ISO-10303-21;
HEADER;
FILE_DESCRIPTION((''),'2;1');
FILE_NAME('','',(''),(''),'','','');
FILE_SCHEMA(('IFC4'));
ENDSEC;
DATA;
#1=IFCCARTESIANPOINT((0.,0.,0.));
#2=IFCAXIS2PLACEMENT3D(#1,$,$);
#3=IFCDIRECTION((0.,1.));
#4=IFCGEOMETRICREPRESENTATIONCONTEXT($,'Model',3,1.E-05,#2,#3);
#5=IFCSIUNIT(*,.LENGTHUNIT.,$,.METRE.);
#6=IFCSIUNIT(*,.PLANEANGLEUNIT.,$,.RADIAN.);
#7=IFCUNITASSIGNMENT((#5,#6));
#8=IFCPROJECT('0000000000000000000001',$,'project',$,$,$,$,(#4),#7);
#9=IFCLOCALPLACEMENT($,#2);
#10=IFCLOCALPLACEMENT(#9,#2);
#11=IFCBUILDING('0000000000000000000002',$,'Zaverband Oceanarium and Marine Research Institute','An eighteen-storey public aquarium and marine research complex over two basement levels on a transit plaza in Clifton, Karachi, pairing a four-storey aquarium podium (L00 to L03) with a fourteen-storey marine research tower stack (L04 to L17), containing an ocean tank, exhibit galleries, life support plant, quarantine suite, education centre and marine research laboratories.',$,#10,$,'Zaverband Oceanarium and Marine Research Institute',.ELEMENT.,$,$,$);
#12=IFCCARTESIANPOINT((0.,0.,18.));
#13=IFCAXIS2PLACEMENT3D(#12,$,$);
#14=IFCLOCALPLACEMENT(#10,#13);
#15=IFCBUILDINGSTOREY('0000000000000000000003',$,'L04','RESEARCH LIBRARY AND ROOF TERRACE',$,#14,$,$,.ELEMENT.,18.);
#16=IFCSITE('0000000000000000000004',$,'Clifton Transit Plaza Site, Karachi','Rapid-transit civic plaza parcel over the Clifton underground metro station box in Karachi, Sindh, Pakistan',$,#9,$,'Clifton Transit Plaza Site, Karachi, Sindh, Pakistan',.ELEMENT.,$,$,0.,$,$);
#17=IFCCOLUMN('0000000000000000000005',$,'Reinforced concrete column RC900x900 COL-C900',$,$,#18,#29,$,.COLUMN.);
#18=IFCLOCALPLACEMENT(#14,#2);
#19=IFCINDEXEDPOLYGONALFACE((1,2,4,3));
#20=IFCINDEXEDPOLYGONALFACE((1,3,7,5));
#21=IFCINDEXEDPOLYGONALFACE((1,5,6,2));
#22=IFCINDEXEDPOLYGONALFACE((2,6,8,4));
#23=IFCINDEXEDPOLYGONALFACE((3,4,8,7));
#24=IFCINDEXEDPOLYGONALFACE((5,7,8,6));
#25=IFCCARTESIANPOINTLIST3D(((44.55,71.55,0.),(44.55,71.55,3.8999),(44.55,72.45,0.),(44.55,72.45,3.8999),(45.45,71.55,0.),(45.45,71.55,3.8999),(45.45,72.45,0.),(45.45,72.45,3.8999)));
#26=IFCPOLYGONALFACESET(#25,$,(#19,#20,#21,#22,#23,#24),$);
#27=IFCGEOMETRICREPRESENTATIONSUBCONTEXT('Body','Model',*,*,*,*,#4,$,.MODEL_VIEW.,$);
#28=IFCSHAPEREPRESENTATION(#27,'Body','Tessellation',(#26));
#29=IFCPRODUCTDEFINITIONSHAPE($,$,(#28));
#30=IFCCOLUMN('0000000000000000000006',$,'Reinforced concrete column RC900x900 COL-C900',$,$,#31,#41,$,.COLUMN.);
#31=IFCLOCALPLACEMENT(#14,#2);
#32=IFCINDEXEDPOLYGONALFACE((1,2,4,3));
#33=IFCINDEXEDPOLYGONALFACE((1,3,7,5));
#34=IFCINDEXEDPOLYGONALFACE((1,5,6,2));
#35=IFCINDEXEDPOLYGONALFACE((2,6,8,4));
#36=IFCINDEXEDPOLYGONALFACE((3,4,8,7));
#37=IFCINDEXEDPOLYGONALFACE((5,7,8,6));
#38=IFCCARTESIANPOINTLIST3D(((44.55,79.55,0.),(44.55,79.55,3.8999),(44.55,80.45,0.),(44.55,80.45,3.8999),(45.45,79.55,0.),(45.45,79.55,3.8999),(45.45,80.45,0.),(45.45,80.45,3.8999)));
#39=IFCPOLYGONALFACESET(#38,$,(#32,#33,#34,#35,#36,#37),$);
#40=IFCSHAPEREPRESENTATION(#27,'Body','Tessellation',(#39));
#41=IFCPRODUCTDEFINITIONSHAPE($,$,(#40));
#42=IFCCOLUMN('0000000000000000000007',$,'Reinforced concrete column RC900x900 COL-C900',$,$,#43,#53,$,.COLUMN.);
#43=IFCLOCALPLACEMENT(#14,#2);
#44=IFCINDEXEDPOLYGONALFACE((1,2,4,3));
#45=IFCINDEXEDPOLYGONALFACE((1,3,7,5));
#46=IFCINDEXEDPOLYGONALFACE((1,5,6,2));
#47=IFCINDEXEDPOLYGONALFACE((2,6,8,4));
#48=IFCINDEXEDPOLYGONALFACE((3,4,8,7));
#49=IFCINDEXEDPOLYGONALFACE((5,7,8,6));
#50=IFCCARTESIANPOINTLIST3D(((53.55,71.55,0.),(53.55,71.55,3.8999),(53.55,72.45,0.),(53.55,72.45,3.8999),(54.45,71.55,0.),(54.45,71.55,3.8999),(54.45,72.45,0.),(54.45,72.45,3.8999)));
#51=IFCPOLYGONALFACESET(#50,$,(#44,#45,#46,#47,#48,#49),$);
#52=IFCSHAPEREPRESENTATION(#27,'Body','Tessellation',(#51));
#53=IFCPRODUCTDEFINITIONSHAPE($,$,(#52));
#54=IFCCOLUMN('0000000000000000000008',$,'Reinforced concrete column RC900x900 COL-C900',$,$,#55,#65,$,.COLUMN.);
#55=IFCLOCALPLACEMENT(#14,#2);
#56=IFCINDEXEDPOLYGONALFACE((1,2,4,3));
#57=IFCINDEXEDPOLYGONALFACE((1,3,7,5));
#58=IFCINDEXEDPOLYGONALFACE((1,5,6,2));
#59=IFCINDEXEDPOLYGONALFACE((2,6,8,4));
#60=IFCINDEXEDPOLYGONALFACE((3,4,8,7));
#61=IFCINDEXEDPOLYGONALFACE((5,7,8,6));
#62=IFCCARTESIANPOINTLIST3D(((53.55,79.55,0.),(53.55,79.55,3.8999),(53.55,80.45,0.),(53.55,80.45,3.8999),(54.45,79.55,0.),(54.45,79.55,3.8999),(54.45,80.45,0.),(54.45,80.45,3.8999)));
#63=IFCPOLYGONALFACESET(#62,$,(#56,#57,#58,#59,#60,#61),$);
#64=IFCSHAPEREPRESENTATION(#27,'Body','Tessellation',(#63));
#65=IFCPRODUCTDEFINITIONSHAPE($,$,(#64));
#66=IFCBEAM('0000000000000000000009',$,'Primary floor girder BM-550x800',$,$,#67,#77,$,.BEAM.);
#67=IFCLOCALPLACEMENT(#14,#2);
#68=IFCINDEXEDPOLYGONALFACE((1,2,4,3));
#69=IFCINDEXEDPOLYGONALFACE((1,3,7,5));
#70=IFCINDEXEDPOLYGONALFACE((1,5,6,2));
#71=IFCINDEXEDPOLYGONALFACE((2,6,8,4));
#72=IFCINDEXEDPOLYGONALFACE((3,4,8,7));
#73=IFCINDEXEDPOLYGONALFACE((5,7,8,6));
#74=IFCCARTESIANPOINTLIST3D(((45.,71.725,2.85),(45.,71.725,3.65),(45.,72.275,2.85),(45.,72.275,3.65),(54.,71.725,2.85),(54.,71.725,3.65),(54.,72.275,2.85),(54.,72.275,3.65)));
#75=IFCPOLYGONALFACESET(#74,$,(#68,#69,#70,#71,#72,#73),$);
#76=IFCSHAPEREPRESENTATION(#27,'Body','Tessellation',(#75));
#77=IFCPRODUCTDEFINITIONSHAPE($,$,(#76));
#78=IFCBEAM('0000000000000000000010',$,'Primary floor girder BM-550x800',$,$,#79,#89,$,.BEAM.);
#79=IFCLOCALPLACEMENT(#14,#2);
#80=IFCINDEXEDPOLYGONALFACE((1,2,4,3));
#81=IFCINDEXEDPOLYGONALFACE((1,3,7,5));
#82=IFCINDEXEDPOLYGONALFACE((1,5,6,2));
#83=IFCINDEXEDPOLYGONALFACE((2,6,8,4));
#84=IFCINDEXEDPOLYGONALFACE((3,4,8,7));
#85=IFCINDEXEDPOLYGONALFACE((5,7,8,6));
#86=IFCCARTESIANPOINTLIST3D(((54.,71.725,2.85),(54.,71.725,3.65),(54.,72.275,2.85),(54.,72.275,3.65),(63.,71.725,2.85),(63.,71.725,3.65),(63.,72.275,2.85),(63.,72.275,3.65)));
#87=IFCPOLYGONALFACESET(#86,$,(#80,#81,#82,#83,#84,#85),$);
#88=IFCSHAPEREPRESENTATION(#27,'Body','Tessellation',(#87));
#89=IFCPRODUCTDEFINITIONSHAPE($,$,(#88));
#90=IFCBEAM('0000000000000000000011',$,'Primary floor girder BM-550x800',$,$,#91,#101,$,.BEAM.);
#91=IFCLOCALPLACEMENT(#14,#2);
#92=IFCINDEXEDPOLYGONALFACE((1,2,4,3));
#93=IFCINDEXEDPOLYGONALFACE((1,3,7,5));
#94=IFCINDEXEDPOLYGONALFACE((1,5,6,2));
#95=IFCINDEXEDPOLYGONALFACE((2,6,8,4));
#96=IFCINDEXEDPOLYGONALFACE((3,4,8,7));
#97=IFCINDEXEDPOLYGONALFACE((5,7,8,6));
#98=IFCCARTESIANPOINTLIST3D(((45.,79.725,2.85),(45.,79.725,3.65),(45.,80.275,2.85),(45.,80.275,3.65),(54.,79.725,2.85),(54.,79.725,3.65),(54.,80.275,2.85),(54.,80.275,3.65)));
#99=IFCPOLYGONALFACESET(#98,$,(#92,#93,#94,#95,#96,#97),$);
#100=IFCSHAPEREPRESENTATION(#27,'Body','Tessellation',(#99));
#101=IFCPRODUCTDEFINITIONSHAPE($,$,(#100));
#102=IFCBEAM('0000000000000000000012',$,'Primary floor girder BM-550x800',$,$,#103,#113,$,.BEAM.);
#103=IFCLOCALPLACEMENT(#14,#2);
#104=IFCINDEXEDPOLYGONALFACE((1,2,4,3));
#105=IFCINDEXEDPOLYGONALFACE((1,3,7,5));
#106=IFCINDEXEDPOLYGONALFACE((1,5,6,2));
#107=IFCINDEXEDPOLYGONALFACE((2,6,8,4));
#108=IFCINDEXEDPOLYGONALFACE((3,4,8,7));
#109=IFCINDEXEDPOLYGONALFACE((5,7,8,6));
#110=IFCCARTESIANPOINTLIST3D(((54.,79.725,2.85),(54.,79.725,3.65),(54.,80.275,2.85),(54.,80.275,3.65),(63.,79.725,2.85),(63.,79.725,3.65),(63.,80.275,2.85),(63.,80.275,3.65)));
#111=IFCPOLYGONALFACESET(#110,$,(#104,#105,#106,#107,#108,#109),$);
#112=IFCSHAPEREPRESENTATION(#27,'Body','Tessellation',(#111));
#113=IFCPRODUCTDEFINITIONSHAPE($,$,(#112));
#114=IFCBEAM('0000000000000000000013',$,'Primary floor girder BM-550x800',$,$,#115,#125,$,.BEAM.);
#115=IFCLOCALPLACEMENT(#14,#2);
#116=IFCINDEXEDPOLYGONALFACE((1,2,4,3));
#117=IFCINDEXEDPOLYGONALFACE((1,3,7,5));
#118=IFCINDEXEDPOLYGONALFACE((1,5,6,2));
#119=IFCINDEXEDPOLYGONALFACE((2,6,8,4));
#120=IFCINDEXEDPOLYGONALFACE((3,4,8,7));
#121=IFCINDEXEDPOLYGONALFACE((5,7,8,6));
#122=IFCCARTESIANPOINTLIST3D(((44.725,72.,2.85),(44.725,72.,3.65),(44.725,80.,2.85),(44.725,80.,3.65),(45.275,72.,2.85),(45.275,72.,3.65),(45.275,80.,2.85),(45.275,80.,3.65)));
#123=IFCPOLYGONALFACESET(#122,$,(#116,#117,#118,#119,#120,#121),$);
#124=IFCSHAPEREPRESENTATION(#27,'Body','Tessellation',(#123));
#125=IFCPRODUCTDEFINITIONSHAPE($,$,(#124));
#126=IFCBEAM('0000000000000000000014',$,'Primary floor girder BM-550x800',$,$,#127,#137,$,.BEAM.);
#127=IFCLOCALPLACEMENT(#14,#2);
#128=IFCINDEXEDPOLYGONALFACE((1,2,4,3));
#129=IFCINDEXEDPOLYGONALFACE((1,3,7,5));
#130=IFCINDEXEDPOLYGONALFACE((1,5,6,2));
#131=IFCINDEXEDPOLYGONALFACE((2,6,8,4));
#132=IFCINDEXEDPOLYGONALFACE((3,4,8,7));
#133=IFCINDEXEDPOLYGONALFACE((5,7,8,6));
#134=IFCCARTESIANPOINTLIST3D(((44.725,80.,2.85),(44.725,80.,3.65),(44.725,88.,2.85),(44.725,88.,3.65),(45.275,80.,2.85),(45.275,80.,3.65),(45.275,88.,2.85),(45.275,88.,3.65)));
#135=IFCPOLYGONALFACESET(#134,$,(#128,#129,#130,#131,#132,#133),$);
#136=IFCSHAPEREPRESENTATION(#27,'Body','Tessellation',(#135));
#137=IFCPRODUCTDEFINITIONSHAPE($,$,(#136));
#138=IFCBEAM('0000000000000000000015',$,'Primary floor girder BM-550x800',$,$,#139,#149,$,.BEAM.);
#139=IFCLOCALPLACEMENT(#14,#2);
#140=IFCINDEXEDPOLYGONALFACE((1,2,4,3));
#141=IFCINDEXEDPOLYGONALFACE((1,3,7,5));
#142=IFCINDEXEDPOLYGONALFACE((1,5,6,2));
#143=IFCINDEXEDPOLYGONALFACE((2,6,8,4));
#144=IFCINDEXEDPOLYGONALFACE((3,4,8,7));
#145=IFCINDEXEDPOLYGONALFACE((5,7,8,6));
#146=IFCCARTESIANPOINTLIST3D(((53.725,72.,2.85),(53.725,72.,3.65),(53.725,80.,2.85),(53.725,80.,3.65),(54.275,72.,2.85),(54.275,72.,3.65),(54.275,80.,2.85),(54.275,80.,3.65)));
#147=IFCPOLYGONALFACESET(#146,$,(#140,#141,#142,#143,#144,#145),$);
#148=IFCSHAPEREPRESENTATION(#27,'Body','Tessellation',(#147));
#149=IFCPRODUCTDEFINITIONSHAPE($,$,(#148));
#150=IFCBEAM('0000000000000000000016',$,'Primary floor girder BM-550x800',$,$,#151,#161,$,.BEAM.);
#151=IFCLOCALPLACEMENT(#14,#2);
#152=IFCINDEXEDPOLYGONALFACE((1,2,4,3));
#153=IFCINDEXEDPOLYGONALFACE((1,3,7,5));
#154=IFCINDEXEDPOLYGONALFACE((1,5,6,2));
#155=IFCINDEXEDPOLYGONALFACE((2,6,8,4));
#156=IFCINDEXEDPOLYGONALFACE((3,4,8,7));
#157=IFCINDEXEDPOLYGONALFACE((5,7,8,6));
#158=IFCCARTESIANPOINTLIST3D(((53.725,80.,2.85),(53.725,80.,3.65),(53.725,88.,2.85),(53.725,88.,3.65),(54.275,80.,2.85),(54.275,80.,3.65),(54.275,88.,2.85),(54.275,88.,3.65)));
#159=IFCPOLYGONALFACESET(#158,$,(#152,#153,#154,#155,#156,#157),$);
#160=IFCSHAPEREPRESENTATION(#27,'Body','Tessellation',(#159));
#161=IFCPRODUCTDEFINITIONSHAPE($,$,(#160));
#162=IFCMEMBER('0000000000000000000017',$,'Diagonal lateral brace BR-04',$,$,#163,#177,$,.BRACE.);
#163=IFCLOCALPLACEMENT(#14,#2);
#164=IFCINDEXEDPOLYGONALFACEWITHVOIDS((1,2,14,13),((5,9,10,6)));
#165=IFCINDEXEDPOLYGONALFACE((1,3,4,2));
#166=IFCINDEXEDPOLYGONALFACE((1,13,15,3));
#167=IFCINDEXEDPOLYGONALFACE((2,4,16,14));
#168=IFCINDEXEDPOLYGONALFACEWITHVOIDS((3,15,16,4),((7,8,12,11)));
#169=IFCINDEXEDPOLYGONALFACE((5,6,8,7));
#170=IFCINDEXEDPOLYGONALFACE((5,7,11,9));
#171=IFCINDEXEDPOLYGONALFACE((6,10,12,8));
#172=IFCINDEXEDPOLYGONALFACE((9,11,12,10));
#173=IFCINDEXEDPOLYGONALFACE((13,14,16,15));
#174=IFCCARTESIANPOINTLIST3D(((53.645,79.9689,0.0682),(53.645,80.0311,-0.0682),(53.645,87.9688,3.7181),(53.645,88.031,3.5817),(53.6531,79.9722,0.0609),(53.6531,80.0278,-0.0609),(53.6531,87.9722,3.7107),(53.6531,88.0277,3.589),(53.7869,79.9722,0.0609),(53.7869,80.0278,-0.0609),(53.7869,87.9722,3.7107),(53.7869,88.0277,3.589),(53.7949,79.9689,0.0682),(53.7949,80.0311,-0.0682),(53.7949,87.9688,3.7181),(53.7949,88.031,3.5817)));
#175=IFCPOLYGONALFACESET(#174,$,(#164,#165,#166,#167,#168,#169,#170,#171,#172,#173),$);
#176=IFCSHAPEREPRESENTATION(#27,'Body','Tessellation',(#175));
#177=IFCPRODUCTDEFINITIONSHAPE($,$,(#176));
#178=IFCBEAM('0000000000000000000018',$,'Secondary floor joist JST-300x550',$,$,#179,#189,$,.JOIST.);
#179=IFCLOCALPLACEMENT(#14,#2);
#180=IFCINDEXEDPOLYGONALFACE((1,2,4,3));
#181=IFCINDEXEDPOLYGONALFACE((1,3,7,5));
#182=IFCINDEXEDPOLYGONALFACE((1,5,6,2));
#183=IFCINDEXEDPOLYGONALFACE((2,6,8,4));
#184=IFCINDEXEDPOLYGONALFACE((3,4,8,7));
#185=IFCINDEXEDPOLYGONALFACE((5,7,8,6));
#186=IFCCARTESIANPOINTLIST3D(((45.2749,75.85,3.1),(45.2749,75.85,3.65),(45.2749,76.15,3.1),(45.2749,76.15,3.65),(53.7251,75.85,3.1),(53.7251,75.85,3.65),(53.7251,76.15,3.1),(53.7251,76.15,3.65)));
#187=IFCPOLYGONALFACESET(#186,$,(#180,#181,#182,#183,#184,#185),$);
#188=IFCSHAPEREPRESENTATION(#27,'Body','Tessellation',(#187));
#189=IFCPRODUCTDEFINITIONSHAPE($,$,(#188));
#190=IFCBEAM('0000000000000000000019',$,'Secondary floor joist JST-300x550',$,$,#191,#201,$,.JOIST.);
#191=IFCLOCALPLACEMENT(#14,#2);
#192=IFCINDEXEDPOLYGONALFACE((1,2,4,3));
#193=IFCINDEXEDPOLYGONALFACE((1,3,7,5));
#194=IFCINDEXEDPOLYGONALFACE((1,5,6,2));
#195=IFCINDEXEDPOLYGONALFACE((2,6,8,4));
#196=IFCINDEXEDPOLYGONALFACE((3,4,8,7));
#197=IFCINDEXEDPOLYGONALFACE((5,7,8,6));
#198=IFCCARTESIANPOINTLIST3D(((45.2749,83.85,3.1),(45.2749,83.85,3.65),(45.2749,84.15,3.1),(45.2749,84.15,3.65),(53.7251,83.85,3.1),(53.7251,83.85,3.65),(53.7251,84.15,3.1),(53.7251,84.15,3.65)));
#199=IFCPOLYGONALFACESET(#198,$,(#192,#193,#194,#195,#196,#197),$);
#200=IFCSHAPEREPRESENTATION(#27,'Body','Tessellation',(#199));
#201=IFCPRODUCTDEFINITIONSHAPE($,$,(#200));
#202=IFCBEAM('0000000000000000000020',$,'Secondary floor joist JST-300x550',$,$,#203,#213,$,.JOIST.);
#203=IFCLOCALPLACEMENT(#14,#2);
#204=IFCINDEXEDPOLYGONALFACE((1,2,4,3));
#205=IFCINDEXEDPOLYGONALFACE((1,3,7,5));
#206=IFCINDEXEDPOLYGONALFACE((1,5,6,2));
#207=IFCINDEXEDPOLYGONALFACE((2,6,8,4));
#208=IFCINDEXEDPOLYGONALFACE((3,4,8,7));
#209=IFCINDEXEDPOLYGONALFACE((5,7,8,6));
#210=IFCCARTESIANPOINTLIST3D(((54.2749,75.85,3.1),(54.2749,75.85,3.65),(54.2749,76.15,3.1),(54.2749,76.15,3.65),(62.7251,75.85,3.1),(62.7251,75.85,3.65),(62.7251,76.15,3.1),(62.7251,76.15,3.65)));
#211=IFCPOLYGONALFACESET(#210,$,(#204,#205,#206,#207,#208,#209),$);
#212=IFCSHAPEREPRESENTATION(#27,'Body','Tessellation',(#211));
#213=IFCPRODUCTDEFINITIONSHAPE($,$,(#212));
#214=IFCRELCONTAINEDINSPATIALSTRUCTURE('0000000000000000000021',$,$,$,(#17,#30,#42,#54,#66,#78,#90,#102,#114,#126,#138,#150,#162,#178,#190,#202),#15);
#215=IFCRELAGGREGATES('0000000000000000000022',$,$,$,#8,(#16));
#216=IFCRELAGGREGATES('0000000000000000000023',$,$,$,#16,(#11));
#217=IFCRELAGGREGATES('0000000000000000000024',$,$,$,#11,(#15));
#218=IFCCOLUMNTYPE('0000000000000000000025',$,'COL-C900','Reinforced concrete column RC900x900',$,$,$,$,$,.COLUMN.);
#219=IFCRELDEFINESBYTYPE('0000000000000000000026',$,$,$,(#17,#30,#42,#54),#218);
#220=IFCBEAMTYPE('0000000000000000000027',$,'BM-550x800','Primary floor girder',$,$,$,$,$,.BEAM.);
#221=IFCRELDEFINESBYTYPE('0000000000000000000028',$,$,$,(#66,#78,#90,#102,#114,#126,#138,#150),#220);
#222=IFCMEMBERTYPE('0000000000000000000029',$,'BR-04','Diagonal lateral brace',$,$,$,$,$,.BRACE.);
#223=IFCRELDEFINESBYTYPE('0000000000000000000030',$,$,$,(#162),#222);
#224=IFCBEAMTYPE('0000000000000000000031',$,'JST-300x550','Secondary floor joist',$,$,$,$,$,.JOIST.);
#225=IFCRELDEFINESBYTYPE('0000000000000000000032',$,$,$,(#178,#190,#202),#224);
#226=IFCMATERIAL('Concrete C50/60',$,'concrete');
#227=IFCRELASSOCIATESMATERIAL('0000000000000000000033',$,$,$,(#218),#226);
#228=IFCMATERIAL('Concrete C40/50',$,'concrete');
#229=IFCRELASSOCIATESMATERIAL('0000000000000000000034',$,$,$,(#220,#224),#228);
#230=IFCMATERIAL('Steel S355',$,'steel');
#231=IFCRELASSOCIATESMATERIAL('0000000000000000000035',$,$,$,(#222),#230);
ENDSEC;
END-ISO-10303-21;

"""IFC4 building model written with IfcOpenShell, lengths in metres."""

from ifc_helpers import new_model, si_unit, direction, frame, origin, origin_2d, place, context, subcontext, project, spatial, rectangle, hollow_rectangle, extrude, material, material_profile, profile_set, type_object, element, save


model = new_model("IFC4")

# Units and contexts
model_context = context("Model", 3, precision=1e-05, world=origin(), true_north=direction((0.0, 1.0)))
body_context = subcontext(model_context, "Body", "Model", "MODEL_VIEW")
ifc_project = project(units=[si_unit("LENGTHUNIT", "METRE"), si_unit("PLANEANGLEUNIT", "RADIAN")], contexts=[model_context])

# Site, building, storey
site_placement = place(None, origin())
site = spatial("IfcSite", under=ifc_project, at=site_placement, Name="Clifton Transit Plaza Site, Karachi", Description="Rapid-transit civic plaza parcel over the Clifton underground metro station box in Karachi, Sindh, Pakistan", LongName="Clifton Transit Plaza Site, Karachi, Sindh, Pakistan", CompositionType="ELEMENT", RefElevation=0.0)
building_placement = place(site_placement, origin())
building = spatial("IfcBuilding", under=site, at=building_placement, Name="Zaverband Oceanarium and Marine Research Institute", Description="An eighteen-storey public aquarium and marine research complex over two basement levels on a transit plaza in Clifton, Karachi, pairing a four-storey aquarium podium (L00 to L03) with a fourteen-storey marine research tower stack (L04 to L17), containing an ocean tank, exhibit galleries, life support plant, quarantine suite, education centre and marine research laboratories.", LongName="Zaverband Oceanarium and Marine Research Institute", CompositionType="ELEMENT")
storey_placement = place(building_placement, frame((0.0, 0.0, 18.0)))
storey = spatial("IfcBuildingStorey", under=building, at=storey_placement, Name="L04", Description="RESEARCH LIBRARY AND ROOF TERRACE", CompositionType="ELEMENT", Elevation=18.0)

# Columns
ifc_material_1 = material(Name="Concrete C50/60", Category="concrete")
ifc_material_profile_1 = material_profile(ifc_material_1, rectangle(XDim=0.8999, YDim=0.8999, at=origin_2d()), Name="RC900x900")
ifc_profile_set_1 = profile_set([ifc_material_profile_1], Name="Concrete C50/60")
column_type = type_object("IfcColumnType", Name="COL-C900", Description="Reinforced concrete column RC900x900", PredefinedType="COLUMN", material=ifc_profile_set_1)
for number, where, z_axis, x_axis, name in (
    (1, (45.0, 72.0, 0.0), (0.0, 0.0, 1.0), (1.0, 0.0, 0.0), "Reinforced concrete column RC900x900 COL-C900"),
    (2, (45.0, 80.0, 0.0), (0.0, 0.0, 1.0), (1.0, 0.0, 0.0), "Reinforced concrete column RC900x900 COL-C900"),
    (3, (54.0, 72.0, 0.0), (0.0, 0.0, 1.0), (1.0, 0.0, 0.0), "Reinforced concrete column RC900x900 COL-C900"),
    (4, (54.0, 80.0, 0.0), (0.0, 0.0, 1.0), (1.0, 0.0, 0.0), "Reinforced concrete column RC900x900 COL-C900"),
):
    element("IfcColumn", number, at=place(storey_placement, frame(where, z_axis=z_axis, x_axis=x_axis)), inside=storey, type_object=column_type, Name=name, PredefinedType="COLUMN", context=body_context, shape_type="SweptSolid", body=[
        extrude(rectangle(XDim=0.8999, YDim=0.8999, at=origin_2d()), origin(), (0.0, 0.0, 1.0), 3.8999),
    ])

# Beams
ifc_material_2 = material(Name="Concrete C40/50", Category="concrete")
ifc_material_profile_2 = material_profile(ifc_material_2, rectangle(XDim=0.55, YDim=0.8, at=origin_2d()), Name="RC550x800")
ifc_profile_set_2 = profile_set([ifc_material_profile_2], Name="Concrete C40/50")
beam_type_1 = type_object("IfcBeamType", Name="BM-550x800", Description="Primary floor girder", PredefinedType="BEAM", material=ifc_profile_set_2)
for number, where, z_axis, x_axis, name in (
    (5, (45.0, 72.0, 3.25), (1.0, 0.0, 0.0), (0.0, 1.0, 0.0), "Primary floor girder BM-550x800"),
    (6, (54.0, 72.0, 3.25), (1.0, 0.0, 0.0), (0.0, 1.0, 0.0), "Primary floor girder BM-550x800"),
    (7, (45.0, 80.0, 3.25), (1.0, 0.0, 0.0), (0.0, 1.0, 0.0), "Primary floor girder BM-550x800"),
    (8, (54.0, 80.0, 3.25), (1.0, 0.0, 0.0), (0.0, 1.0, 0.0), "Primary floor girder BM-550x800"),
):
    element("IfcBeam", number, at=place(storey_placement, frame(where, z_axis=z_axis, x_axis=x_axis)), inside=storey, type_object=beam_type_1, Name=name, PredefinedType="BEAM", context=body_context, shape_type="SweptSolid", body=[
        extrude(rectangle(XDim=0.55, YDim=0.8, at=origin_2d()), origin(), (0.0, 0.0, 1.0), 9.0),
    ])
for number, where, z_axis, x_axis, name in (
    (9, (45.0, 72.0, 3.25), (0.0, 1.0, 0.0), (-1.0, 0.0, 0.0), "Primary floor girder BM-550x800"),
    (10, (45.0, 80.0, 3.25), (0.0, 1.0, 0.0), (-1.0, 0.0, 0.0), "Primary floor girder BM-550x800"),
    (11, (54.0, 72.0, 3.25), (0.0, 1.0, 0.0), (-1.0, 0.0, 0.0), "Primary floor girder BM-550x800"),
    (12, (54.0, 80.0, 3.25), (0.0, 1.0, 0.0), (-1.0, 0.0, 0.0), "Primary floor girder BM-550x800"),
):
    element("IfcBeam", number, at=place(storey_placement, frame(where, z_axis=z_axis, x_axis=x_axis)), inside=storey, type_object=beam_type_1, Name=name, PredefinedType="BEAM", context=body_context, shape_type="SweptSolid", body=[
        extrude(rectangle(XDim=0.55, YDim=0.8, at=origin_2d()), origin(), (0.0, 0.0, 1.0), 8.0),
    ])

# Member
ifc_material_3 = material(Name="Steel S355", Category="steel")
ifc_material_profile_3 = material_profile(ifc_material_3, hollow_rectangle(XDim=0.1499, YDim=0.1499, WallThickness=0.0081, at=origin_2d()), Name="SHS150x150x8")
ifc_profile_set_3 = profile_set([ifc_material_profile_3], Name="Steel S355")
member_type = type_object("IfcMemberType", Name="BR-04", Description="Diagonal lateral brace", PredefinedType="BRACE", material=ifc_profile_set_3)
member_placement = place(storey_placement, frame((53.72, 80.0, 0.0), z_axis=(0.0, 0.909786, 0.415079), x_axis=(-1.0, 0.0, 0.0)))
element("IfcMember", 13, at=member_placement, inside=storey, type_object=member_type, Name="Diagonal lateral brace BR-04", PredefinedType="BRACE", context=body_context, shape_type="SweptSolid", body=[
    extrude(hollow_rectangle(XDim=0.1499, YDim=0.1499, WallThickness=0.0081, at=origin_2d()), origin(), (0.0, 0.0, 1.0), 8.7932),
])

# Beams
ifc_material_profile_4 = material_profile(ifc_material_2, rectangle(XDim=0.3, YDim=0.55, at=origin_2d()), Name="RC300x550")
ifc_profile_set_4 = profile_set([ifc_material_profile_4], Name="Concrete C40/50")
beam_type_2 = type_object("IfcBeamType", Name="JST-300x550", Description="Secondary floor joist", PredefinedType="JOIST", material=ifc_profile_set_4)
for number, where, z_axis, x_axis, name in (
    (14, (45.2749, 76.0, 3.375), (1.0, 0.0, 0.0), (0.0, 1.0, 0.0), "Secondary floor joist JST-300x550"),
    (15, (45.2749, 84.0, 3.375), (1.0, 0.0, 0.0), (0.0, 1.0, 0.0), "Secondary floor joist JST-300x550"),
    (16, (54.2749, 76.0, 3.375), (1.0, 0.0, 0.0), (0.0, 1.0, 0.0), "Secondary floor joist JST-300x550"),
):
    element("IfcBeam", number, at=place(storey_placement, frame(where, z_axis=z_axis, x_axis=x_axis)), inside=storey, type_object=beam_type_2, Name=name, PredefinedType="JOIST", context=body_context, shape_type="SweptSolid", body=[
        extrude(rectangle(XDim=0.3, YDim=0.55, at=origin_2d()), origin(), (0.0, 0.0, 1.0), 8.4502),
    ])

save(model, "model.ifc")
